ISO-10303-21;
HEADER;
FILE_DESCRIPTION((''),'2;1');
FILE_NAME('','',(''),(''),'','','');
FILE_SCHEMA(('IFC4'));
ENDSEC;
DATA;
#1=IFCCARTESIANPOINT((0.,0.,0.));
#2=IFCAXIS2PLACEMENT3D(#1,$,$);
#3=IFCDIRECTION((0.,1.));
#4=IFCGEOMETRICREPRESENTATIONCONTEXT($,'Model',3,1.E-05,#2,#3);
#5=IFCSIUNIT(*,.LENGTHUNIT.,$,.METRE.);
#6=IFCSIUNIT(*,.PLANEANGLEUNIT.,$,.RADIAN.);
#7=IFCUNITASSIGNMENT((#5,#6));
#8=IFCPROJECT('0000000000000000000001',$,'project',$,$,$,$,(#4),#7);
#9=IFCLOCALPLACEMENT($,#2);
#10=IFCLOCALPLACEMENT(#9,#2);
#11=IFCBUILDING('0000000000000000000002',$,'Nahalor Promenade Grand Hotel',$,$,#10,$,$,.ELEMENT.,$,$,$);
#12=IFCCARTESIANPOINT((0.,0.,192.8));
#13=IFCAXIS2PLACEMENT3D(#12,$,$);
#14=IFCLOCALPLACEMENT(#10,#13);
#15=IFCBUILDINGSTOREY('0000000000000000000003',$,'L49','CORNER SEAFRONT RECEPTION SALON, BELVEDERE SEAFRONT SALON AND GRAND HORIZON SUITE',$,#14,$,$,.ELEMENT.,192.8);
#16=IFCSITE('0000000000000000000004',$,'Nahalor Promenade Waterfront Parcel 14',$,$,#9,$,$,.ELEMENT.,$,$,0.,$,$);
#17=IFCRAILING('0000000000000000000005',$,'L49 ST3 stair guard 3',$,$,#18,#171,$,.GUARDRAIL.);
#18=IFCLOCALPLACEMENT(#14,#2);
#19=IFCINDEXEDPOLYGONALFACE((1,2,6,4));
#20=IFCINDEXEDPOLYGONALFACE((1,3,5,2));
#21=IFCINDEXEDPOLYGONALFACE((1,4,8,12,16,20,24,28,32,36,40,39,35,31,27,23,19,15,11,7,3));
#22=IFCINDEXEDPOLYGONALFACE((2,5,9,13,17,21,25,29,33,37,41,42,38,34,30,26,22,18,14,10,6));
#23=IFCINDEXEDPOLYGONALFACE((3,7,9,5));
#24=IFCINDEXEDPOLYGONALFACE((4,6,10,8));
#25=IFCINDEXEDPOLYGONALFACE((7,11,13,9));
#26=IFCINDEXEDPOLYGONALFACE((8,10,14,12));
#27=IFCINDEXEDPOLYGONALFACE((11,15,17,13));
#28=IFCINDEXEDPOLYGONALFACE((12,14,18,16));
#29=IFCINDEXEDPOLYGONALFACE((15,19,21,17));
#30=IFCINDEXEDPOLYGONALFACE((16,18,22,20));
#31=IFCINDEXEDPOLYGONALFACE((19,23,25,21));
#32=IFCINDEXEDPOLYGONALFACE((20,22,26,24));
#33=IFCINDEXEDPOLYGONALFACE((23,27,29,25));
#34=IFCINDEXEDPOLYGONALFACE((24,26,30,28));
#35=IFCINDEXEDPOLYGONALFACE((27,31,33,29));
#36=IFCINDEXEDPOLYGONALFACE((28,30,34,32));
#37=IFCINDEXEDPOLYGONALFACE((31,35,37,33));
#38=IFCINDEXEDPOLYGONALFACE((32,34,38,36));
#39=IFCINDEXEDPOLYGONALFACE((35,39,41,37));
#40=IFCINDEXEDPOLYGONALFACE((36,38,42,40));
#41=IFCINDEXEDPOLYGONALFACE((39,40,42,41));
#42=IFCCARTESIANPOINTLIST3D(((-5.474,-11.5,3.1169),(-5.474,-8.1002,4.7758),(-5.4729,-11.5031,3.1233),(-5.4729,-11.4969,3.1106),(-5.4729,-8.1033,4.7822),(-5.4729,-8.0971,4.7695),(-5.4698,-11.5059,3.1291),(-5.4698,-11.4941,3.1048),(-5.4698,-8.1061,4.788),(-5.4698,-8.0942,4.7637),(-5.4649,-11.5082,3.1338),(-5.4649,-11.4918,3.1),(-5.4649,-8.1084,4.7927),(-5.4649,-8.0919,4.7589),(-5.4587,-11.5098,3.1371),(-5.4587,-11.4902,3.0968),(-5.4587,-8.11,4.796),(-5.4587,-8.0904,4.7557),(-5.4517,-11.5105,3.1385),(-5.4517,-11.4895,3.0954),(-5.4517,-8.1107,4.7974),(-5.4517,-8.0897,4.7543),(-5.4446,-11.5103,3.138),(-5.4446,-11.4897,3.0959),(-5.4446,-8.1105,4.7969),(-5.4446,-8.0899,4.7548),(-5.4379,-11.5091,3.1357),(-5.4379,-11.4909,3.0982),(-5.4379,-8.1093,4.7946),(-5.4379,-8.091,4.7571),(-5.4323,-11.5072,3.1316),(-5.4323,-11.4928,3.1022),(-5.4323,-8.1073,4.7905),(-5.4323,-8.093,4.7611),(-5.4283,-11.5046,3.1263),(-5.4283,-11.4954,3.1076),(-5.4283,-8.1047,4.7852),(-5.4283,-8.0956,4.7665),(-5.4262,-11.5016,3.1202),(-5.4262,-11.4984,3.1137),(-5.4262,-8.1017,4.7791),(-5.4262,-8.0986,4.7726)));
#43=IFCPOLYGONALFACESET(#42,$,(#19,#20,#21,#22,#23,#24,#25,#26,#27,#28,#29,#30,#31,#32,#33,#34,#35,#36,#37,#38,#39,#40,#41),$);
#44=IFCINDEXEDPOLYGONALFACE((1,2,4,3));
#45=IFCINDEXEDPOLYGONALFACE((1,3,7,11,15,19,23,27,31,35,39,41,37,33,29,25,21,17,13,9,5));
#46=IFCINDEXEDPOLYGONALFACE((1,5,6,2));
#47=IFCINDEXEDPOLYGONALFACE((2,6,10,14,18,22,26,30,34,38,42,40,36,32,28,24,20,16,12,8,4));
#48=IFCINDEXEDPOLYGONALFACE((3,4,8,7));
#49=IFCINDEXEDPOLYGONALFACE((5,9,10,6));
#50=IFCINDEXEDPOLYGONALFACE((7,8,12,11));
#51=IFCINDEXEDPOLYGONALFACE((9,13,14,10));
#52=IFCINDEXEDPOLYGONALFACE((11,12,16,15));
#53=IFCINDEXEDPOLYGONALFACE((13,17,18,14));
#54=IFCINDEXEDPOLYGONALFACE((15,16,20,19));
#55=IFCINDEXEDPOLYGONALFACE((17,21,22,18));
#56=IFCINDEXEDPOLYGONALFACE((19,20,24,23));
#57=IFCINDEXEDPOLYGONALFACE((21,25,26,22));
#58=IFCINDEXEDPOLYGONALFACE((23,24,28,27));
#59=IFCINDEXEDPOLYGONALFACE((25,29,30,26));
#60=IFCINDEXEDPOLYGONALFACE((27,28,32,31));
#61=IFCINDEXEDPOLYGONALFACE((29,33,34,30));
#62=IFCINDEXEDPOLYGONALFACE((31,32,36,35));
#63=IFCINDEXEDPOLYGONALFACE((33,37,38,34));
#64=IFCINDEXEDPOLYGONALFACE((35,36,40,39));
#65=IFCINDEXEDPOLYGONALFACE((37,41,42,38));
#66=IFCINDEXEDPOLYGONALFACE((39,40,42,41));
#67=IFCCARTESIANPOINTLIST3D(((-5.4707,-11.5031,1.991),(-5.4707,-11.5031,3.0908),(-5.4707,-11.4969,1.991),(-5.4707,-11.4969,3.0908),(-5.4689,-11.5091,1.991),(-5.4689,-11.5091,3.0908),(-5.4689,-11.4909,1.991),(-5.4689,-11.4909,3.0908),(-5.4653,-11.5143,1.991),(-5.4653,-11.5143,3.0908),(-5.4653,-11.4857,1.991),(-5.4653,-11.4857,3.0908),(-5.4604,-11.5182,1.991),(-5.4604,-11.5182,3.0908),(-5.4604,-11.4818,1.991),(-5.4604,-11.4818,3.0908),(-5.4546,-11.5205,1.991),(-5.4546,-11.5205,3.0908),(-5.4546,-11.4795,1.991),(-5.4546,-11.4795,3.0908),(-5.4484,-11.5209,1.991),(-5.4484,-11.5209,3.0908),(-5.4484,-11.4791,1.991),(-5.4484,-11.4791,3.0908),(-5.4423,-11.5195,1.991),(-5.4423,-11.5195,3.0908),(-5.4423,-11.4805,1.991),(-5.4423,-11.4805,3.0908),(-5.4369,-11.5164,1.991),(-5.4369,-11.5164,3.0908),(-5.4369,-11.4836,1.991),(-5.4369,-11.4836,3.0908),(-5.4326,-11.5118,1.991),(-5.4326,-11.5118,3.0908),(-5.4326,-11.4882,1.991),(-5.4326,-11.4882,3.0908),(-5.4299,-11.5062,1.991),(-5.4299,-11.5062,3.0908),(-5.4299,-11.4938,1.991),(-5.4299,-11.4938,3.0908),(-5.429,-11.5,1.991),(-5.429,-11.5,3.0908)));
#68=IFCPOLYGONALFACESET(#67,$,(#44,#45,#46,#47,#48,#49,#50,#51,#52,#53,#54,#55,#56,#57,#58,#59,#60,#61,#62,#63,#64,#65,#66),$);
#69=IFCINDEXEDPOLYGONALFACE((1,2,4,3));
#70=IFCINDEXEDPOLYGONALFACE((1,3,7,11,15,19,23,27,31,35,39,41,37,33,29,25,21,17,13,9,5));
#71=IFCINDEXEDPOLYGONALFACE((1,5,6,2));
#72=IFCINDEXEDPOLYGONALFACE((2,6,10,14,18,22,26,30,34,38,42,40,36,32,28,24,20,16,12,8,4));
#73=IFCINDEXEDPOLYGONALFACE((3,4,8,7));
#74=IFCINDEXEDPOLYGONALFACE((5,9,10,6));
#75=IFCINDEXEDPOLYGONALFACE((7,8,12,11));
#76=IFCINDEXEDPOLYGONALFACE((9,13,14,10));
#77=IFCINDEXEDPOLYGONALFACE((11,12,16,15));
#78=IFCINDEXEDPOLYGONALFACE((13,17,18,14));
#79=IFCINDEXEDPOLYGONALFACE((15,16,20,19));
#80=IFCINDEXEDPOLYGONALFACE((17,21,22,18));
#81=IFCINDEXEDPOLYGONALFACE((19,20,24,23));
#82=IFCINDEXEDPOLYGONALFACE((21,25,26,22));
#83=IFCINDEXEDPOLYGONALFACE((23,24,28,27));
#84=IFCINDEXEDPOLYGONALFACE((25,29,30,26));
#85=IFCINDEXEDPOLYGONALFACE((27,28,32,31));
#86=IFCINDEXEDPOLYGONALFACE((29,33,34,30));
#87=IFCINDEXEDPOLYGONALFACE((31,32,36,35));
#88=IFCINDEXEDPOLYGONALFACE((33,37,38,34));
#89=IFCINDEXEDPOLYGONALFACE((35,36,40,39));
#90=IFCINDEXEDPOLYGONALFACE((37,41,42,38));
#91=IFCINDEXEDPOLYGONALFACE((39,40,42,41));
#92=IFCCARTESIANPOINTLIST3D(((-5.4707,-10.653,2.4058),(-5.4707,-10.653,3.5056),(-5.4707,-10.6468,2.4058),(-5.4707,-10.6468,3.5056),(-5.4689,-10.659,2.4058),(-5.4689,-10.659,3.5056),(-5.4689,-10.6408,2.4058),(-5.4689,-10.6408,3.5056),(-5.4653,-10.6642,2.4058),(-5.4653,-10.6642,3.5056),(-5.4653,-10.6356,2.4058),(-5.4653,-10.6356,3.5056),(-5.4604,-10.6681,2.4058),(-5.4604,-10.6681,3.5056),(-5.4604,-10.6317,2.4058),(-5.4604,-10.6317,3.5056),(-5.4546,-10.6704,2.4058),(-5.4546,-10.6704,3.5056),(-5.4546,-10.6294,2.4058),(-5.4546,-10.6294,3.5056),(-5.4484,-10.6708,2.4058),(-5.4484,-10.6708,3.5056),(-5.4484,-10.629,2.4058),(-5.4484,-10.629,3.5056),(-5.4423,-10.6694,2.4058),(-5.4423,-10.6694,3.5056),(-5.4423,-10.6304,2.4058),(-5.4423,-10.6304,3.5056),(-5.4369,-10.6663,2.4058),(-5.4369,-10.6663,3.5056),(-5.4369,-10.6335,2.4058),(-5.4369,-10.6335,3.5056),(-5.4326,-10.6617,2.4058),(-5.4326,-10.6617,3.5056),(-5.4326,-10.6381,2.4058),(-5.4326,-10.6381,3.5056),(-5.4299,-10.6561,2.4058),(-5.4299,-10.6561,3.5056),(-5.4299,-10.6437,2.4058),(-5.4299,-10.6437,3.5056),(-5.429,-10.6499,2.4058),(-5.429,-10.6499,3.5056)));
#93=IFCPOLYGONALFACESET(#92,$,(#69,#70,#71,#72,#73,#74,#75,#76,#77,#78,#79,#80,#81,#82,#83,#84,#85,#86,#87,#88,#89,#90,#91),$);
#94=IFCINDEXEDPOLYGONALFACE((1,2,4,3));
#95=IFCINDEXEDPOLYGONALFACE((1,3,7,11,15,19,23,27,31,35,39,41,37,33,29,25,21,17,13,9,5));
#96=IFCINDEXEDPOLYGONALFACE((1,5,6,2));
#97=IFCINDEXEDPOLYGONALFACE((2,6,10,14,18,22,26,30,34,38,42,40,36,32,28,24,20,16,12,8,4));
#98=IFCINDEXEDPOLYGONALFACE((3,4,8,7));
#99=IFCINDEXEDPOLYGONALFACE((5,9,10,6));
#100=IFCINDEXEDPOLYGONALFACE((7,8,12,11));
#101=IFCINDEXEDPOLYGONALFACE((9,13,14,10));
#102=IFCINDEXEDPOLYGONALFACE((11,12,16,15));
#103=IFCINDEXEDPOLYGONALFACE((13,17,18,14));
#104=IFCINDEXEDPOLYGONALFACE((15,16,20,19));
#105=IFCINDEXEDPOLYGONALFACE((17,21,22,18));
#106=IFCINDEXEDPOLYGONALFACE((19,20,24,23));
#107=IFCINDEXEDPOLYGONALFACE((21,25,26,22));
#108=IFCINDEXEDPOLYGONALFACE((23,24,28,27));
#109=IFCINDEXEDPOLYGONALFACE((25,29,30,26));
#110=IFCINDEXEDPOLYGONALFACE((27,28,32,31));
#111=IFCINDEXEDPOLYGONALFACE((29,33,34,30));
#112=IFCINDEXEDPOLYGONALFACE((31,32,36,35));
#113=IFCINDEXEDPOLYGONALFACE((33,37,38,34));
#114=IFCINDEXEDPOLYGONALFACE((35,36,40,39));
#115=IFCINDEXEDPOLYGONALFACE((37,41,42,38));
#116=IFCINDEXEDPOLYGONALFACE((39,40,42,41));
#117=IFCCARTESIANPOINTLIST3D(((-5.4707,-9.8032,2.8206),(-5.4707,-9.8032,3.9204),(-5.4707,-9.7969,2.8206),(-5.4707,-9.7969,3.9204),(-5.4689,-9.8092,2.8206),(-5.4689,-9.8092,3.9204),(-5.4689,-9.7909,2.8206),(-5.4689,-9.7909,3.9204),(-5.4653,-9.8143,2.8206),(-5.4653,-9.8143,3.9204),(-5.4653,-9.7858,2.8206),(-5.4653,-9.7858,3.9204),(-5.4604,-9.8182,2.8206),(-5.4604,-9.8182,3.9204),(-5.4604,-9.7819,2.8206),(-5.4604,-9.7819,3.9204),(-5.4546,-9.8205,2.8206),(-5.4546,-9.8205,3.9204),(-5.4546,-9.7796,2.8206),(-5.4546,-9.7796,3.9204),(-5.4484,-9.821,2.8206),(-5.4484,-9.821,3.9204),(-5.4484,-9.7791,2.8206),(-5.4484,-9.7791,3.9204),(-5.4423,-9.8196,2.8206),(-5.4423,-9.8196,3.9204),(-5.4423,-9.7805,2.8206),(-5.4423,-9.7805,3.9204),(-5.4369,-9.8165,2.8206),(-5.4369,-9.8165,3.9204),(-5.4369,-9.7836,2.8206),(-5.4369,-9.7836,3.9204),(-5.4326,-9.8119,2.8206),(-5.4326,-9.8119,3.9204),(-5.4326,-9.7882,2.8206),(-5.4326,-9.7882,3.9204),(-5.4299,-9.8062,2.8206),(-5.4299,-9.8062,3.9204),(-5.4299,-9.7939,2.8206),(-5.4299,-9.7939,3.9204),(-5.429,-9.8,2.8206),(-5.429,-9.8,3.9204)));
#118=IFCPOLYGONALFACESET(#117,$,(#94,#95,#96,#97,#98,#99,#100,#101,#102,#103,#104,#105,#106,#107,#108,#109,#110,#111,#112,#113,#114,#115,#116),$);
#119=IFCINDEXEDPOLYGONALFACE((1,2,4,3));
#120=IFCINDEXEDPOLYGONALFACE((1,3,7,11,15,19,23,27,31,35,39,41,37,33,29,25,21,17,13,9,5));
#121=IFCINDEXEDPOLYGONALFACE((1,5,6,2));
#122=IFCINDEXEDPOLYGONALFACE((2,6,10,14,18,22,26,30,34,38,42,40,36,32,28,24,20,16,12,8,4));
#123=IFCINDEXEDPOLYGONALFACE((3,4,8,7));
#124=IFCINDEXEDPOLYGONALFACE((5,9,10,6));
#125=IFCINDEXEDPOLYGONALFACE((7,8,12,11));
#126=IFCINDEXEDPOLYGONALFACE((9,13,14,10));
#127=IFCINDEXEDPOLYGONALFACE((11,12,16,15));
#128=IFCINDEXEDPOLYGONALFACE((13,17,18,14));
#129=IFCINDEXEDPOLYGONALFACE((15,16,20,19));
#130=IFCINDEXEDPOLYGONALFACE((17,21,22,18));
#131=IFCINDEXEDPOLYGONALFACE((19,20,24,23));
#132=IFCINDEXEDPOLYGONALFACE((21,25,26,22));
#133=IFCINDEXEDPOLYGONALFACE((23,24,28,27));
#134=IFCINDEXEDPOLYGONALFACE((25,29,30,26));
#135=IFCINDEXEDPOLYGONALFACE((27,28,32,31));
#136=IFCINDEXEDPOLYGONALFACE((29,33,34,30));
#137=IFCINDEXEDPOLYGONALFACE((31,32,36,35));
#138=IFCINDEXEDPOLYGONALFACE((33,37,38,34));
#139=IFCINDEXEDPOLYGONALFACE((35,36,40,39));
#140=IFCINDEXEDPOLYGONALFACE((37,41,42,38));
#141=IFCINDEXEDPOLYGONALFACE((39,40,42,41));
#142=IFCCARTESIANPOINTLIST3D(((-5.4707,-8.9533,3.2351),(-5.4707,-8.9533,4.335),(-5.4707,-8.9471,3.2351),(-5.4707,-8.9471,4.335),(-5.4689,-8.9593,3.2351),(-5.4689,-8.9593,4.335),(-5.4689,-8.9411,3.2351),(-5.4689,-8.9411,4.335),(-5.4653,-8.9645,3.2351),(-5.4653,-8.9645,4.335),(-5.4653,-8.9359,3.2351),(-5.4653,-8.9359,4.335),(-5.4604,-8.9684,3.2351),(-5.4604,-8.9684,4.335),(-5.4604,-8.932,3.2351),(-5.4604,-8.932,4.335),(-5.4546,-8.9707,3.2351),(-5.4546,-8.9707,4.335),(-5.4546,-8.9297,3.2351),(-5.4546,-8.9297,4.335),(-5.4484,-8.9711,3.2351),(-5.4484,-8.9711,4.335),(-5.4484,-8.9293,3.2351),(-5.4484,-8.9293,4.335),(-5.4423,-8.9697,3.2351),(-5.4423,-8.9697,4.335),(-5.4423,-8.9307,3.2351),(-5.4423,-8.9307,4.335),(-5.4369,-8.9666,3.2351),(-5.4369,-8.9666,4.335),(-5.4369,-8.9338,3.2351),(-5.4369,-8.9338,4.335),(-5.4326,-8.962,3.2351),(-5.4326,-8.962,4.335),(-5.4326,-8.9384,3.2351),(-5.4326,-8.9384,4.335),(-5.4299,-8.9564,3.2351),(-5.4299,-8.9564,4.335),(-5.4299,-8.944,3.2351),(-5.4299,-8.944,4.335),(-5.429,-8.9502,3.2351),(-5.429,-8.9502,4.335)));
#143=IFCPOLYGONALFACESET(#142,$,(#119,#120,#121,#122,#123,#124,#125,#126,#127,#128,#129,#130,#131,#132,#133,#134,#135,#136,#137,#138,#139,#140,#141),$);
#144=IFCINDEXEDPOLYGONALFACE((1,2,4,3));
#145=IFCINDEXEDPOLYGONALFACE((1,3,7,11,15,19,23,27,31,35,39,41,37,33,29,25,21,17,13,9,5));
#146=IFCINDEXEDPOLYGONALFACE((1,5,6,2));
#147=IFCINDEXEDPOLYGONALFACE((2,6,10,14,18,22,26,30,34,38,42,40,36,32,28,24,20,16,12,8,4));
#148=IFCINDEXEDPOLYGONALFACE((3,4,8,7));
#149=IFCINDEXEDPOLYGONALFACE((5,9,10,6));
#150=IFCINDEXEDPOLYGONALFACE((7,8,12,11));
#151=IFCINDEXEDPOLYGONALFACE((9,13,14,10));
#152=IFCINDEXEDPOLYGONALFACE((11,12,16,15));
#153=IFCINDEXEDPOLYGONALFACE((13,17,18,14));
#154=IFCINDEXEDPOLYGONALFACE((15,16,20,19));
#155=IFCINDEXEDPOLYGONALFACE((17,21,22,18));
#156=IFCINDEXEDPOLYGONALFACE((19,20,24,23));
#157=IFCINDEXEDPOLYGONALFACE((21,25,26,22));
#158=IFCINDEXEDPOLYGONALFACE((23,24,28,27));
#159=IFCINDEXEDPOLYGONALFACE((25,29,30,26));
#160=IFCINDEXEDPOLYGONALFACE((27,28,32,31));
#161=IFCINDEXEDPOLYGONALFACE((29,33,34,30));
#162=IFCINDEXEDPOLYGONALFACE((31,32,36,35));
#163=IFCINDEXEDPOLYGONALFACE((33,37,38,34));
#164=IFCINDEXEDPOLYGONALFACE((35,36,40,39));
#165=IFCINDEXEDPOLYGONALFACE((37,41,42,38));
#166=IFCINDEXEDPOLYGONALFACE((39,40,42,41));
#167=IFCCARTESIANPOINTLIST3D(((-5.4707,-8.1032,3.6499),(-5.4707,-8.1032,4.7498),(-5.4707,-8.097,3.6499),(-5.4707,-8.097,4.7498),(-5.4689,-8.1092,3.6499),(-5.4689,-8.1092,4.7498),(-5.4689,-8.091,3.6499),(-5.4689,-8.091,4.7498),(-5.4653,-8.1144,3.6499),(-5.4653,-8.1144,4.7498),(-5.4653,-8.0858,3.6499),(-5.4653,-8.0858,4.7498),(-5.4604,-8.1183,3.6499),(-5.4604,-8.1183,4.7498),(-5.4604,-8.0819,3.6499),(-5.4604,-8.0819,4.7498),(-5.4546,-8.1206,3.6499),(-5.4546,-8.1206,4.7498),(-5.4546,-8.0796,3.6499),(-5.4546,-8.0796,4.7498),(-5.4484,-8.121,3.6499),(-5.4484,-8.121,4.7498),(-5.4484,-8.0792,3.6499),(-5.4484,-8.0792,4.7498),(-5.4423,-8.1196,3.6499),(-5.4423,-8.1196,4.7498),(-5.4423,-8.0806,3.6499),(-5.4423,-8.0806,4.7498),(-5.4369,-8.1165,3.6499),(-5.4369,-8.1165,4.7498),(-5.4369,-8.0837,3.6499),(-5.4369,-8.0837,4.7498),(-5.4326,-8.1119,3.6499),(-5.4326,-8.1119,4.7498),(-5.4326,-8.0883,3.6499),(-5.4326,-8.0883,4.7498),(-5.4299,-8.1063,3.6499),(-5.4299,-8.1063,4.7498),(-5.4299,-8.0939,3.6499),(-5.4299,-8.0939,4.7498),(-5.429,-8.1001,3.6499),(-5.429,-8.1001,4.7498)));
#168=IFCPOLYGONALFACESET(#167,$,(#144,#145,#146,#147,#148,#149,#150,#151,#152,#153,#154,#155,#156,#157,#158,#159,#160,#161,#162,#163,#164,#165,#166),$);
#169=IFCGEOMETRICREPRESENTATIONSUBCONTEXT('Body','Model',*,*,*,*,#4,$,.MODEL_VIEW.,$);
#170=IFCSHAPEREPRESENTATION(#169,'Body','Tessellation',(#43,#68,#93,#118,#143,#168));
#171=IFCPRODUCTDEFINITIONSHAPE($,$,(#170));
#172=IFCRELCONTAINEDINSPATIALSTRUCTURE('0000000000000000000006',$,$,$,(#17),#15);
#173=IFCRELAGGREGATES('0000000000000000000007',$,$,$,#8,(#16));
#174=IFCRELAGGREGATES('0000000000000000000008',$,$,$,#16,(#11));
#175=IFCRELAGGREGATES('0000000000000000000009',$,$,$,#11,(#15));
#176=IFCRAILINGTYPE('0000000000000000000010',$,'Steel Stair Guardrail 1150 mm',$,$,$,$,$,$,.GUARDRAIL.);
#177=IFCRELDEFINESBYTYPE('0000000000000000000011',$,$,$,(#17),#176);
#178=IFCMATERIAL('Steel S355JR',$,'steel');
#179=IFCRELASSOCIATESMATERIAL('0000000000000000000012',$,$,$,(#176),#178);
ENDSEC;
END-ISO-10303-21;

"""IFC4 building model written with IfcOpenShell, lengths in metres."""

from ifc_helpers import new_model, si_unit, direction, frame, origin, origin_2d, place, context, subcontext, project, spatial, circle, extrude, material, type_object, element, save


model = new_model("IFC4")

# Units and contexts
model_context = context("Model", 3, precision=1e-05, world=origin(), true_north=direction((0.0, 1.0)))
body_context = subcontext(model_context, "Body", "Model", "MODEL_VIEW")
ifc_project = project(units=[si_unit("LENGTHUNIT", "METRE"), si_unit("PLANEANGLEUNIT", "RADIAN")], contexts=[model_context])

# Site, building, storey
site_placement = place(None, origin())
site = spatial("IfcSite", under=ifc_project, at=site_placement, Name="Nahalor Promenade Waterfront Parcel 14", CompositionType="ELEMENT", RefElevation=0.0)
building_placement = place(site_placement, origin())
building = spatial("IfcBuilding", under=site, at=building_placement, Name="Nahalor Promenade Grand Hotel", CompositionType="ELEMENT")
storey_placement = place(building_placement, frame((0.0, 0.0, 192.8)))
storey = spatial("IfcBuildingStorey", under=building, at=storey_placement, Name="L49", Description="CORNER SEAFRONT RECEPTION SALON, BELVEDERE SEAFRONT SALON AND GRAND HORIZON SUITE", CompositionType="ELEMENT", Elevation=192.8)

# Shared definitions
ifc_material_1 = material(Name="Steel S355JR", Category="steel")

# Railing
railing_type_1 = type_object("IfcRailingType", Name="Steel Stair Guardrail 1150 mm", PredefinedType="GUARDRAIL", material=ifc_material_1)
railing_1_placement = place(storey_placement, frame((-5.45, -11.5, 1.991)))
element("IfcRailing", 1, at=railing_1_placement, inside=storey, type_object=railing_type_1, Name="L49 ST3 stair guard 3", PredefinedType="GUARDRAIL", context=body_context, shape_type="SweptSolid", body=[
    extrude(circle(Radius=0.024, at=origin_2d()), frame((0.0, 0.0, 1.126), z_axis=(0.0, 0.898722, 0.438519), x_axis=(-1.0, 0.0, 0.0)), (0.0, 0.0, 1.0), 3.783),
    extrude(circle(Radius=0.021, at=origin_2d()), origin(), (0.0, 0.0, 1.0), 1.0999),
    extrude(circle(Radius=0.021, at=origin_2d()), frame((0.0, 0.8501, 0.4148)), (0.0, 0.0, 1.0), 1.0999),
    extrude(circle(Radius=0.021, at=origin_2d()), frame((0.0, 1.7, 0.8296)), (0.0, 0.0, 1.0), 1.0999),
    extrude(circle(Radius=0.021, at=origin_2d()), frame((0.0, 2.5498, 1.2441)), (0.0, 0.0, 1.0), 1.0999),
    extrude(circle(Radius=0.021, at=origin_2d()), frame((0.0, 3.3999, 1.6589)), (0.0, 0.0, 1.0), 1.0999),
])

save(model, "model.ifc")
